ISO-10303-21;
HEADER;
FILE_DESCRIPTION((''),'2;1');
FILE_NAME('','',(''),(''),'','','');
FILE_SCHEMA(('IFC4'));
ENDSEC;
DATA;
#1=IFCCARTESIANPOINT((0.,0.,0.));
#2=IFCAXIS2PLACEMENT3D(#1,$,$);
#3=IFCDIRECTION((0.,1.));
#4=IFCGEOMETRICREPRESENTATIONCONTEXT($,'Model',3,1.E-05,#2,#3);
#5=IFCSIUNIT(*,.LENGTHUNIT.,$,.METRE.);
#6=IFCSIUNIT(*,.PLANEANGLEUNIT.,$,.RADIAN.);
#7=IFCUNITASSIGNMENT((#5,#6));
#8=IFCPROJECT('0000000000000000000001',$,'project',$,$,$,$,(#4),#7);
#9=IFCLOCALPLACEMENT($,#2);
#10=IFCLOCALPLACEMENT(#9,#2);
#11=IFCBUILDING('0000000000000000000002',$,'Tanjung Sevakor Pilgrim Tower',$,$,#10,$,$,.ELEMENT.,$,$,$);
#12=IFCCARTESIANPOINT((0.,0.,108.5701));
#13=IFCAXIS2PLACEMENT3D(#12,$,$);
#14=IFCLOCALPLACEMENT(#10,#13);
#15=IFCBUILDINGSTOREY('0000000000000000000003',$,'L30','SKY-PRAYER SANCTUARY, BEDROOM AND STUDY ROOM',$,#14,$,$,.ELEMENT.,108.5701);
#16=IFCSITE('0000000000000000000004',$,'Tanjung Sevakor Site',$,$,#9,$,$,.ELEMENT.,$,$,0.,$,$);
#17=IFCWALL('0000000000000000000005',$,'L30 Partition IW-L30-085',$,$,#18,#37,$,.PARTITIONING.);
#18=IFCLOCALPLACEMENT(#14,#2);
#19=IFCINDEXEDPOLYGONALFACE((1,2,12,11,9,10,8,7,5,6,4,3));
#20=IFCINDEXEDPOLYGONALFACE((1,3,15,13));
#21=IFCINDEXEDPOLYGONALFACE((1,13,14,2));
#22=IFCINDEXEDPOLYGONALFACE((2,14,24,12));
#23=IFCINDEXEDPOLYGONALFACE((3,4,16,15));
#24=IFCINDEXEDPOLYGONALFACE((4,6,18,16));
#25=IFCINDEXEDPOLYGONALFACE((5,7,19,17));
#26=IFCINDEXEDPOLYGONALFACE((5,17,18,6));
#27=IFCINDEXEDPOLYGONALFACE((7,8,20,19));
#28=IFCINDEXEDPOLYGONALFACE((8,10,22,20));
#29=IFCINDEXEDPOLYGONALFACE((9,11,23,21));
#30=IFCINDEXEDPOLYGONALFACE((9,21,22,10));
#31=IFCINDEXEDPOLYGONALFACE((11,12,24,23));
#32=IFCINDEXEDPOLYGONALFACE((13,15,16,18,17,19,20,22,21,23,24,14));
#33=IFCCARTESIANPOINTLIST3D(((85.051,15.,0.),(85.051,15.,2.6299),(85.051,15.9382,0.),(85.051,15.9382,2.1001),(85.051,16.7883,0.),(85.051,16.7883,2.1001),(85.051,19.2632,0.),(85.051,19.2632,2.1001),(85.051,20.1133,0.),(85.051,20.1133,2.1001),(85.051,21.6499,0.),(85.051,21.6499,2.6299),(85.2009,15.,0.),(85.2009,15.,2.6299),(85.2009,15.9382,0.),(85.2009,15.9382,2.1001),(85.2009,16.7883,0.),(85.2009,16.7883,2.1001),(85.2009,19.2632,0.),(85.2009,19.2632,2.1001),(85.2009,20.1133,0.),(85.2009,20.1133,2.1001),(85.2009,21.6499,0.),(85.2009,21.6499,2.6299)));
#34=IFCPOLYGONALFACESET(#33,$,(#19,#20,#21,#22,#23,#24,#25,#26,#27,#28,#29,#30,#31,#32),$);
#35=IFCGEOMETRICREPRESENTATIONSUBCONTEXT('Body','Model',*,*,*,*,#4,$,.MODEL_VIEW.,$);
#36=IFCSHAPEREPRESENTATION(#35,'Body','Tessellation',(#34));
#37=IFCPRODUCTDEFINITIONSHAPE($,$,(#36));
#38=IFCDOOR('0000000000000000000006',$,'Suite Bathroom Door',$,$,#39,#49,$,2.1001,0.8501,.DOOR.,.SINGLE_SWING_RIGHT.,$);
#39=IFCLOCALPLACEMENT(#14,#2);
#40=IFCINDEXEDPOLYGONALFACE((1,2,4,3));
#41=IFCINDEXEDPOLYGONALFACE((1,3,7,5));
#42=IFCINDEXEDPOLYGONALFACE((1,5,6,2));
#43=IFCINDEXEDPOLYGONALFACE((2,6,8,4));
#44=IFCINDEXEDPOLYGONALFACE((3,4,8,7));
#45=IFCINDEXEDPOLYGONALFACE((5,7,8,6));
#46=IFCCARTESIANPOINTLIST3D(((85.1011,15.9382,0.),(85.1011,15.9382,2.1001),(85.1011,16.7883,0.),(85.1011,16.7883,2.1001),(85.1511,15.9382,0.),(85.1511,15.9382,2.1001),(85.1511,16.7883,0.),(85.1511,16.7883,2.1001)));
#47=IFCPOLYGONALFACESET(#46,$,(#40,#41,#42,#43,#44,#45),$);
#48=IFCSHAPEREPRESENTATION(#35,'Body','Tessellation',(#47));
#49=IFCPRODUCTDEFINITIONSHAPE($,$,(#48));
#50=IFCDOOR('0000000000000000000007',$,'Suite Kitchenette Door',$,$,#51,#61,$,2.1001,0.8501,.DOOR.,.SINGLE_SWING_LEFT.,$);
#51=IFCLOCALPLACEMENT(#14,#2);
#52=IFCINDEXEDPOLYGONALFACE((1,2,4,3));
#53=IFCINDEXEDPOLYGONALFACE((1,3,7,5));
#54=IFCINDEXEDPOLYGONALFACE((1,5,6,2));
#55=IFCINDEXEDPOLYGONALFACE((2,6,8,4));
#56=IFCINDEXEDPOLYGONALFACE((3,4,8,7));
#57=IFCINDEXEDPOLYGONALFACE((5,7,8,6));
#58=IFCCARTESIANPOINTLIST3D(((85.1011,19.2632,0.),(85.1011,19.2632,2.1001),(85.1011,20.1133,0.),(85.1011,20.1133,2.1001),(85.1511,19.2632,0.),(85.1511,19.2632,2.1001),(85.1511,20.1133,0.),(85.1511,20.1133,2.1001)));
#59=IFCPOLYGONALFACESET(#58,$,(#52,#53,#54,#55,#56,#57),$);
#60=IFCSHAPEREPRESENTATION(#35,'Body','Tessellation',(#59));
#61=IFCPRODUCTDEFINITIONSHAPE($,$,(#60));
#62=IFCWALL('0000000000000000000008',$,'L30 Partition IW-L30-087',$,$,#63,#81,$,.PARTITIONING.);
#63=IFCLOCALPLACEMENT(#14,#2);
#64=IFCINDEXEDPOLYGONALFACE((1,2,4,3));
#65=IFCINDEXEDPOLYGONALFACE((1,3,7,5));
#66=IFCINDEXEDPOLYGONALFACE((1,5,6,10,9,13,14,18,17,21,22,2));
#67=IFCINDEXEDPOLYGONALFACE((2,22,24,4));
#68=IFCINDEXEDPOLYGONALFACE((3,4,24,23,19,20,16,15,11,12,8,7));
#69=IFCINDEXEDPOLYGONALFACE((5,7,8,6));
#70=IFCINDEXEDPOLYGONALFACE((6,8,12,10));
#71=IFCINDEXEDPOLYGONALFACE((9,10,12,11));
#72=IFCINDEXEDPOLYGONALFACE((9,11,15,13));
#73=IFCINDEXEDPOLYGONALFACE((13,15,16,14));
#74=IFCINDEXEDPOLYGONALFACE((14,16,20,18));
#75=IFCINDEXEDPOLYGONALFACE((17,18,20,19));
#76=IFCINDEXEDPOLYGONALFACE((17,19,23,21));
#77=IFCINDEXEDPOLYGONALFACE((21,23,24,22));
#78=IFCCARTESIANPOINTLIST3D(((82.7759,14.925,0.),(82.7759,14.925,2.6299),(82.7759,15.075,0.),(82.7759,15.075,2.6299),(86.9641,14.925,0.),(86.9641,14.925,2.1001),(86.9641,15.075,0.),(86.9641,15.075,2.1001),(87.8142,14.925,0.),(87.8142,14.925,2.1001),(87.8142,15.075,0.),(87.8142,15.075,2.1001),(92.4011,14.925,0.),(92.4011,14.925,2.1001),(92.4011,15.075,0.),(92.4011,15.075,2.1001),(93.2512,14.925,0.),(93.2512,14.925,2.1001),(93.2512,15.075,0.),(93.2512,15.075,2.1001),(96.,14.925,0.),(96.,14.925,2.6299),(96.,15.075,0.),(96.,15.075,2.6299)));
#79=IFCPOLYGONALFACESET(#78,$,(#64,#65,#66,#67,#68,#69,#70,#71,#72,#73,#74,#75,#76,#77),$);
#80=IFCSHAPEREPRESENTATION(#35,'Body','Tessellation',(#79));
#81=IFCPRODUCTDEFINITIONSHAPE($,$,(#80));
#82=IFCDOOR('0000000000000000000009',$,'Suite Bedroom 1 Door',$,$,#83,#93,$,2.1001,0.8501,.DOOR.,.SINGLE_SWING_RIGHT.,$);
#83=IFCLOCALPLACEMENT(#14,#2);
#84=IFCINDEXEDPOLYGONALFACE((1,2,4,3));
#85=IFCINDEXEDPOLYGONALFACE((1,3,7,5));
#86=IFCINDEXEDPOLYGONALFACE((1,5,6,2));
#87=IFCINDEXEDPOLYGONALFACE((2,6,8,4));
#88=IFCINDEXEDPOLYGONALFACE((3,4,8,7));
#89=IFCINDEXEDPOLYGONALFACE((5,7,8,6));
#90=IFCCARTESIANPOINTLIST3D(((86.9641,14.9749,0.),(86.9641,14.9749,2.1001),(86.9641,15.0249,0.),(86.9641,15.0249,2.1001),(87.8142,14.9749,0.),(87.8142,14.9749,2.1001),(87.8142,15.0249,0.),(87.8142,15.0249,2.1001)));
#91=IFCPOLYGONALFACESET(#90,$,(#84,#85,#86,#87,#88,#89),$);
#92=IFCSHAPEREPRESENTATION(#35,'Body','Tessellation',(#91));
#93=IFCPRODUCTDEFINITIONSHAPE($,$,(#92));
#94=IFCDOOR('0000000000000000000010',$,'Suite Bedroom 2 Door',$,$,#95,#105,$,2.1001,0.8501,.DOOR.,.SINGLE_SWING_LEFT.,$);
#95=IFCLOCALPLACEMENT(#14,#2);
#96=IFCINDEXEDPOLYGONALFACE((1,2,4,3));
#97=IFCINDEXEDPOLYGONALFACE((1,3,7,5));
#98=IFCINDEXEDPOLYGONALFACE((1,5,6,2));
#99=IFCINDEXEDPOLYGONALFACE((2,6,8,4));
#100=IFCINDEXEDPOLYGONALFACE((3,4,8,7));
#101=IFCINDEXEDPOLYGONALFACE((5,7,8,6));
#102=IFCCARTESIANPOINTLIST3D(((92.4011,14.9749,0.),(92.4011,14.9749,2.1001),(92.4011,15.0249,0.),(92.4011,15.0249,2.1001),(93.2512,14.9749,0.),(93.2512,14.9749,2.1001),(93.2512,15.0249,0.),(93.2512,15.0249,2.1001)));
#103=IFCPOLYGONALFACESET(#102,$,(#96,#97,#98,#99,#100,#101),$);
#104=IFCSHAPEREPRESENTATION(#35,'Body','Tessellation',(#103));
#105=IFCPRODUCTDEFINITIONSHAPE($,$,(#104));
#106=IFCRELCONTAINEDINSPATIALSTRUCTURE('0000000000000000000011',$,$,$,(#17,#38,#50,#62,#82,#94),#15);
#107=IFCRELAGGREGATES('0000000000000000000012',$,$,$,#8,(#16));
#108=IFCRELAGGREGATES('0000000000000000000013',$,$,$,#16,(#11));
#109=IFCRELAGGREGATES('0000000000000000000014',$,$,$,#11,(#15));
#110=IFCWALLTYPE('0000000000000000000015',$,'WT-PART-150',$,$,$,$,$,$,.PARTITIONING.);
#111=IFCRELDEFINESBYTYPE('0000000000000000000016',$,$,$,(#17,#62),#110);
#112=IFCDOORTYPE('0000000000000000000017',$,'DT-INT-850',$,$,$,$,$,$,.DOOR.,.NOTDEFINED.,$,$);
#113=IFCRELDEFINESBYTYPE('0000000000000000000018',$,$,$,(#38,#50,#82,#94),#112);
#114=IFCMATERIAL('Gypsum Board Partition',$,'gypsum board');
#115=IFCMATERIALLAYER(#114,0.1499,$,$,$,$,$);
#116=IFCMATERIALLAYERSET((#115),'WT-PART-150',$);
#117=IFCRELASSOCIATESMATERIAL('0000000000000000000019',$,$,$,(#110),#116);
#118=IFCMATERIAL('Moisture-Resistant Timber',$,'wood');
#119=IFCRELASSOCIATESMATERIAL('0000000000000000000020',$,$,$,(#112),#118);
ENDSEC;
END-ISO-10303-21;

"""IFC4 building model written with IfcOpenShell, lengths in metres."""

from ifc_helpers import new_model, si_unit, direction, frame, frame_2d, origin, place, context, subcontext, project, spatial, rectangle, extrude, material, layer, layer_set, type_object, element, fill, save


model = new_model("IFC4")

# Units and contexts
model_context = context("Model", 3, precision=1e-05, world=origin(), true_north=direction((0.0, 1.0)))
body_context = subcontext(model_context, "Body", "Model", "MODEL_VIEW")
ifc_project = project(units=[si_unit("LENGTHUNIT", "METRE"), si_unit("PLANEANGLEUNIT", "RADIAN")], contexts=[model_context])

# Site, building, storey
site_placement = place(None, origin())
site = spatial("IfcSite", under=ifc_project, at=site_placement, Name="Tanjung Sevakor Site", CompositionType="ELEMENT", RefElevation=0.0)
building_placement = place(site_placement, origin())
building = spatial("IfcBuilding", under=site, at=building_placement, Name="Tanjung Sevakor Pilgrim Tower", CompositionType="ELEMENT")
storey_placement = place(building_placement, frame((0.0, 0.0, 108.5701)))
storey = spatial("IfcBuildingStorey", under=building, at=storey_placement, Name="L30", Description="SKY-PRAYER SANCTUARY, BEDROOM AND STUDY ROOM", CompositionType="ELEMENT", Elevation=108.5701)

# Shared definitions
ifc_material_1 = material(Name="Gypsum Board Partition", Category="gypsum board")
ifc_layer_1 = layer(ifc_material_1, 0.1499)
ifc_layer_set_1 = layer_set([ifc_layer_1], Name="WT-PART-150")
wall_type_1 = type_object("IfcWallType", Name="WT-PART-150", PredefinedType="PARTITIONING", material=ifc_layer_set_1)
ifc_material_2 = material(Name="Moisture-Resistant Timber", Category="wood")
door_type_1 = type_object("IfcDoorType", Name="DT-INT-850", OperationType="NOTDEFINED", PredefinedType="DOOR", material=ifc_material_2)

# Walls, openings, doors
wall_1_placement = place(storey_placement, frame((85.126, 15.0, 0.0), z_axis=(0.0, 0.0, 1.0), x_axis=(0.0, 1.0, 0.0)))
wall_1 = element("IfcWall", 1, at=wall_1_placement, inside=storey, type_object=wall_type_1, Name="L30 Partition IW-L30-085", PredefinedType="PARTITIONING", context=body_context, shape_type="SweptSolid", body=[
    extrude(rectangle(XDim=6.6499, YDim=0.1499, at=frame_2d((3.325, 0.0))), origin(), (0.0, 0.0, 1.0), 2.6299),
])
opening_1_placement = place(wall_1_placement, frame((0.9382, 0.0, 0.0)))
opening_1 = element("IfcOpeningElement", 2, at=opening_1_placement, cuts=wall_1, PredefinedType="OPENING", context=body_context, shape_type="SweptSolid", body=[
    extrude(rectangle(XDim=0.8501, YDim=2.1001, at=frame_2d((0.425, 1.05))), frame((0.0, 0.085, 0.0), z_axis=(0.0, -1.0, 0.0), x_axis=(1.0, 0.0, 0.0)), (0.0, 0.0, 1.0), 0.1699),
])
opening_2_placement = place(wall_1_placement, frame((4.2632, 0.0, 0.0)))
opening_2 = element("IfcOpeningElement", 3, at=opening_2_placement, cuts=wall_1, PredefinedType="OPENING", context=body_context, shape_type="SweptSolid", body=[
    extrude(rectangle(XDim=0.8501, YDim=2.1001, at=frame_2d((0.425, 1.05))), frame((0.0, 0.085, 0.0), z_axis=(0.0, -1.0, 0.0), x_axis=(1.0, 0.0, 0.0)), (0.0, 0.0, 1.0), 0.1699),
])
door_1_placement = place(opening_1_placement, origin())
door_1 = element("IfcDoor", 4, at=door_1_placement, inside=storey, type_object=door_type_1, Name="Suite Bathroom Door", OperationType="SINGLE_SWING_RIGHT", OverallHeight=2.1001, OverallWidth=0.8501, PredefinedType="DOOR", context=body_context, shape_type="SweptSolid", body=[
    extrude(rectangle(XDim=0.8501, YDim=2.1001, at=frame_2d((0.425, 1.05))), frame((0.0, 0.0249, 0.0), z_axis=(0.0, -1.0, 0.0), x_axis=(1.0, 0.0, 0.0)), (0.0, 0.0, 1.0), 0.05),
])
fill(opening_1, door_1)
door_2_placement = place(opening_2_placement, origin())
door_2 = element("IfcDoor", 5, at=door_2_placement, inside=storey, type_object=door_type_1, Name="Suite Kitchenette Door", OperationType="SINGLE_SWING_LEFT", OverallHeight=2.1001, OverallWidth=0.8501, PredefinedType="DOOR", context=body_context, shape_type="SweptSolid", body=[
    extrude(rectangle(XDim=0.8501, YDim=2.1001, at=frame_2d((0.425, 1.05))), frame((0.0, 0.0249, 0.0), z_axis=(0.0, -1.0, 0.0), x_axis=(1.0, 0.0, 0.0)), (0.0, 0.0, 1.0), 0.05),
])
fill(opening_2, door_2)
wall_2_placement = place(storey_placement, frame((82.7759, 15.0, 0.0), z_axis=(0.0, 0.0, 1.0), x_axis=(1.0, 0.0, 0.0)))
wall_2 = element("IfcWall", 6, at=wall_2_placement, inside=storey, type_object=wall_type_1, Name="L30 Partition IW-L30-087", PredefinedType="PARTITIONING", context=body_context, shape_type="SweptSolid", body=[
    extrude(rectangle(XDim=13.2241, YDim=0.1499, at=frame_2d((6.6121, 0.0))), origin(), (0.0, 0.0, 1.0), 2.6299),
])
opening_3_placement = place(wall_2_placement, frame((4.1882, 0.0, 0.0)))
opening_3 = element("IfcOpeningElement", 7, at=opening_3_placement, cuts=wall_2, PredefinedType="OPENING", context=body_context, shape_type="SweptSolid", body=[
    extrude(rectangle(XDim=0.8501, YDim=2.1001, at=frame_2d((0.425, 1.05))), frame((0.0, 0.085, 0.0), z_axis=(0.0, -1.0, 0.0), x_axis=(1.0, 0.0, 0.0)), (0.0, 0.0, 1.0), 0.1699),
])
opening_4_placement = place(wall_2_placement, frame((9.6252, 0.0, 0.0)))
opening_4 = element("IfcOpeningElement", 8, at=opening_4_placement, cuts=wall_2, PredefinedType="OPENING", context=body_context, shape_type="SweptSolid", body=[
    extrude(rectangle(XDim=0.8501, YDim=2.1001, at=frame_2d((0.425, 1.05))), frame((0.0, 0.085, 0.0), z_axis=(0.0, -1.0, 0.0), x_axis=(1.0, 0.0, 0.0)), (0.0, 0.0, 1.0), 0.1699),
])
door_3_placement = place(opening_3_placement, origin())
door_3 = element("IfcDoor", 9, at=door_3_placement, inside=storey, type_object=door_type_1, Name="Suite Bedroom 1 Door", OperationType="SINGLE_SWING_RIGHT", OverallHeight=2.1001, OverallWidth=0.8501, PredefinedType="DOOR", context=body_context, shape_type="SweptSolid", body=[
    extrude(rectangle(XDim=0.8501, YDim=2.1001, at=frame_2d((0.425, 1.05))), frame((0.0, 0.0249, 0.0), z_axis=(0.0, -1.0, 0.0), x_axis=(1.0, 0.0, 0.0)), (0.0, 0.0, 1.0), 0.05),
])
fill(opening_3, door_3)
door_4_placement = place(opening_4_placement, origin())
door_4 = element("IfcDoor", 10, at=door_4_placement, inside=storey, type_object=door_type_1, Name="Suite Bedroom 2 Door", OperationType="SINGLE_SWING_LEFT", OverallHeight=2.1001, OverallWidth=0.8501, PredefinedType="DOOR", context=body_context, shape_type="SweptSolid", body=[
    extrude(rectangle(XDim=0.8501, YDim=2.1001, at=frame_2d((0.425, 1.05))), frame((0.0, 0.0249, 0.0), z_axis=(0.0, -1.0, 0.0), x_axis=(1.0, 0.0, 0.0)), (0.0, 0.0, 1.0), 0.05),
])
fill(opening_4, door_4)

save(model, "model.ifc")
